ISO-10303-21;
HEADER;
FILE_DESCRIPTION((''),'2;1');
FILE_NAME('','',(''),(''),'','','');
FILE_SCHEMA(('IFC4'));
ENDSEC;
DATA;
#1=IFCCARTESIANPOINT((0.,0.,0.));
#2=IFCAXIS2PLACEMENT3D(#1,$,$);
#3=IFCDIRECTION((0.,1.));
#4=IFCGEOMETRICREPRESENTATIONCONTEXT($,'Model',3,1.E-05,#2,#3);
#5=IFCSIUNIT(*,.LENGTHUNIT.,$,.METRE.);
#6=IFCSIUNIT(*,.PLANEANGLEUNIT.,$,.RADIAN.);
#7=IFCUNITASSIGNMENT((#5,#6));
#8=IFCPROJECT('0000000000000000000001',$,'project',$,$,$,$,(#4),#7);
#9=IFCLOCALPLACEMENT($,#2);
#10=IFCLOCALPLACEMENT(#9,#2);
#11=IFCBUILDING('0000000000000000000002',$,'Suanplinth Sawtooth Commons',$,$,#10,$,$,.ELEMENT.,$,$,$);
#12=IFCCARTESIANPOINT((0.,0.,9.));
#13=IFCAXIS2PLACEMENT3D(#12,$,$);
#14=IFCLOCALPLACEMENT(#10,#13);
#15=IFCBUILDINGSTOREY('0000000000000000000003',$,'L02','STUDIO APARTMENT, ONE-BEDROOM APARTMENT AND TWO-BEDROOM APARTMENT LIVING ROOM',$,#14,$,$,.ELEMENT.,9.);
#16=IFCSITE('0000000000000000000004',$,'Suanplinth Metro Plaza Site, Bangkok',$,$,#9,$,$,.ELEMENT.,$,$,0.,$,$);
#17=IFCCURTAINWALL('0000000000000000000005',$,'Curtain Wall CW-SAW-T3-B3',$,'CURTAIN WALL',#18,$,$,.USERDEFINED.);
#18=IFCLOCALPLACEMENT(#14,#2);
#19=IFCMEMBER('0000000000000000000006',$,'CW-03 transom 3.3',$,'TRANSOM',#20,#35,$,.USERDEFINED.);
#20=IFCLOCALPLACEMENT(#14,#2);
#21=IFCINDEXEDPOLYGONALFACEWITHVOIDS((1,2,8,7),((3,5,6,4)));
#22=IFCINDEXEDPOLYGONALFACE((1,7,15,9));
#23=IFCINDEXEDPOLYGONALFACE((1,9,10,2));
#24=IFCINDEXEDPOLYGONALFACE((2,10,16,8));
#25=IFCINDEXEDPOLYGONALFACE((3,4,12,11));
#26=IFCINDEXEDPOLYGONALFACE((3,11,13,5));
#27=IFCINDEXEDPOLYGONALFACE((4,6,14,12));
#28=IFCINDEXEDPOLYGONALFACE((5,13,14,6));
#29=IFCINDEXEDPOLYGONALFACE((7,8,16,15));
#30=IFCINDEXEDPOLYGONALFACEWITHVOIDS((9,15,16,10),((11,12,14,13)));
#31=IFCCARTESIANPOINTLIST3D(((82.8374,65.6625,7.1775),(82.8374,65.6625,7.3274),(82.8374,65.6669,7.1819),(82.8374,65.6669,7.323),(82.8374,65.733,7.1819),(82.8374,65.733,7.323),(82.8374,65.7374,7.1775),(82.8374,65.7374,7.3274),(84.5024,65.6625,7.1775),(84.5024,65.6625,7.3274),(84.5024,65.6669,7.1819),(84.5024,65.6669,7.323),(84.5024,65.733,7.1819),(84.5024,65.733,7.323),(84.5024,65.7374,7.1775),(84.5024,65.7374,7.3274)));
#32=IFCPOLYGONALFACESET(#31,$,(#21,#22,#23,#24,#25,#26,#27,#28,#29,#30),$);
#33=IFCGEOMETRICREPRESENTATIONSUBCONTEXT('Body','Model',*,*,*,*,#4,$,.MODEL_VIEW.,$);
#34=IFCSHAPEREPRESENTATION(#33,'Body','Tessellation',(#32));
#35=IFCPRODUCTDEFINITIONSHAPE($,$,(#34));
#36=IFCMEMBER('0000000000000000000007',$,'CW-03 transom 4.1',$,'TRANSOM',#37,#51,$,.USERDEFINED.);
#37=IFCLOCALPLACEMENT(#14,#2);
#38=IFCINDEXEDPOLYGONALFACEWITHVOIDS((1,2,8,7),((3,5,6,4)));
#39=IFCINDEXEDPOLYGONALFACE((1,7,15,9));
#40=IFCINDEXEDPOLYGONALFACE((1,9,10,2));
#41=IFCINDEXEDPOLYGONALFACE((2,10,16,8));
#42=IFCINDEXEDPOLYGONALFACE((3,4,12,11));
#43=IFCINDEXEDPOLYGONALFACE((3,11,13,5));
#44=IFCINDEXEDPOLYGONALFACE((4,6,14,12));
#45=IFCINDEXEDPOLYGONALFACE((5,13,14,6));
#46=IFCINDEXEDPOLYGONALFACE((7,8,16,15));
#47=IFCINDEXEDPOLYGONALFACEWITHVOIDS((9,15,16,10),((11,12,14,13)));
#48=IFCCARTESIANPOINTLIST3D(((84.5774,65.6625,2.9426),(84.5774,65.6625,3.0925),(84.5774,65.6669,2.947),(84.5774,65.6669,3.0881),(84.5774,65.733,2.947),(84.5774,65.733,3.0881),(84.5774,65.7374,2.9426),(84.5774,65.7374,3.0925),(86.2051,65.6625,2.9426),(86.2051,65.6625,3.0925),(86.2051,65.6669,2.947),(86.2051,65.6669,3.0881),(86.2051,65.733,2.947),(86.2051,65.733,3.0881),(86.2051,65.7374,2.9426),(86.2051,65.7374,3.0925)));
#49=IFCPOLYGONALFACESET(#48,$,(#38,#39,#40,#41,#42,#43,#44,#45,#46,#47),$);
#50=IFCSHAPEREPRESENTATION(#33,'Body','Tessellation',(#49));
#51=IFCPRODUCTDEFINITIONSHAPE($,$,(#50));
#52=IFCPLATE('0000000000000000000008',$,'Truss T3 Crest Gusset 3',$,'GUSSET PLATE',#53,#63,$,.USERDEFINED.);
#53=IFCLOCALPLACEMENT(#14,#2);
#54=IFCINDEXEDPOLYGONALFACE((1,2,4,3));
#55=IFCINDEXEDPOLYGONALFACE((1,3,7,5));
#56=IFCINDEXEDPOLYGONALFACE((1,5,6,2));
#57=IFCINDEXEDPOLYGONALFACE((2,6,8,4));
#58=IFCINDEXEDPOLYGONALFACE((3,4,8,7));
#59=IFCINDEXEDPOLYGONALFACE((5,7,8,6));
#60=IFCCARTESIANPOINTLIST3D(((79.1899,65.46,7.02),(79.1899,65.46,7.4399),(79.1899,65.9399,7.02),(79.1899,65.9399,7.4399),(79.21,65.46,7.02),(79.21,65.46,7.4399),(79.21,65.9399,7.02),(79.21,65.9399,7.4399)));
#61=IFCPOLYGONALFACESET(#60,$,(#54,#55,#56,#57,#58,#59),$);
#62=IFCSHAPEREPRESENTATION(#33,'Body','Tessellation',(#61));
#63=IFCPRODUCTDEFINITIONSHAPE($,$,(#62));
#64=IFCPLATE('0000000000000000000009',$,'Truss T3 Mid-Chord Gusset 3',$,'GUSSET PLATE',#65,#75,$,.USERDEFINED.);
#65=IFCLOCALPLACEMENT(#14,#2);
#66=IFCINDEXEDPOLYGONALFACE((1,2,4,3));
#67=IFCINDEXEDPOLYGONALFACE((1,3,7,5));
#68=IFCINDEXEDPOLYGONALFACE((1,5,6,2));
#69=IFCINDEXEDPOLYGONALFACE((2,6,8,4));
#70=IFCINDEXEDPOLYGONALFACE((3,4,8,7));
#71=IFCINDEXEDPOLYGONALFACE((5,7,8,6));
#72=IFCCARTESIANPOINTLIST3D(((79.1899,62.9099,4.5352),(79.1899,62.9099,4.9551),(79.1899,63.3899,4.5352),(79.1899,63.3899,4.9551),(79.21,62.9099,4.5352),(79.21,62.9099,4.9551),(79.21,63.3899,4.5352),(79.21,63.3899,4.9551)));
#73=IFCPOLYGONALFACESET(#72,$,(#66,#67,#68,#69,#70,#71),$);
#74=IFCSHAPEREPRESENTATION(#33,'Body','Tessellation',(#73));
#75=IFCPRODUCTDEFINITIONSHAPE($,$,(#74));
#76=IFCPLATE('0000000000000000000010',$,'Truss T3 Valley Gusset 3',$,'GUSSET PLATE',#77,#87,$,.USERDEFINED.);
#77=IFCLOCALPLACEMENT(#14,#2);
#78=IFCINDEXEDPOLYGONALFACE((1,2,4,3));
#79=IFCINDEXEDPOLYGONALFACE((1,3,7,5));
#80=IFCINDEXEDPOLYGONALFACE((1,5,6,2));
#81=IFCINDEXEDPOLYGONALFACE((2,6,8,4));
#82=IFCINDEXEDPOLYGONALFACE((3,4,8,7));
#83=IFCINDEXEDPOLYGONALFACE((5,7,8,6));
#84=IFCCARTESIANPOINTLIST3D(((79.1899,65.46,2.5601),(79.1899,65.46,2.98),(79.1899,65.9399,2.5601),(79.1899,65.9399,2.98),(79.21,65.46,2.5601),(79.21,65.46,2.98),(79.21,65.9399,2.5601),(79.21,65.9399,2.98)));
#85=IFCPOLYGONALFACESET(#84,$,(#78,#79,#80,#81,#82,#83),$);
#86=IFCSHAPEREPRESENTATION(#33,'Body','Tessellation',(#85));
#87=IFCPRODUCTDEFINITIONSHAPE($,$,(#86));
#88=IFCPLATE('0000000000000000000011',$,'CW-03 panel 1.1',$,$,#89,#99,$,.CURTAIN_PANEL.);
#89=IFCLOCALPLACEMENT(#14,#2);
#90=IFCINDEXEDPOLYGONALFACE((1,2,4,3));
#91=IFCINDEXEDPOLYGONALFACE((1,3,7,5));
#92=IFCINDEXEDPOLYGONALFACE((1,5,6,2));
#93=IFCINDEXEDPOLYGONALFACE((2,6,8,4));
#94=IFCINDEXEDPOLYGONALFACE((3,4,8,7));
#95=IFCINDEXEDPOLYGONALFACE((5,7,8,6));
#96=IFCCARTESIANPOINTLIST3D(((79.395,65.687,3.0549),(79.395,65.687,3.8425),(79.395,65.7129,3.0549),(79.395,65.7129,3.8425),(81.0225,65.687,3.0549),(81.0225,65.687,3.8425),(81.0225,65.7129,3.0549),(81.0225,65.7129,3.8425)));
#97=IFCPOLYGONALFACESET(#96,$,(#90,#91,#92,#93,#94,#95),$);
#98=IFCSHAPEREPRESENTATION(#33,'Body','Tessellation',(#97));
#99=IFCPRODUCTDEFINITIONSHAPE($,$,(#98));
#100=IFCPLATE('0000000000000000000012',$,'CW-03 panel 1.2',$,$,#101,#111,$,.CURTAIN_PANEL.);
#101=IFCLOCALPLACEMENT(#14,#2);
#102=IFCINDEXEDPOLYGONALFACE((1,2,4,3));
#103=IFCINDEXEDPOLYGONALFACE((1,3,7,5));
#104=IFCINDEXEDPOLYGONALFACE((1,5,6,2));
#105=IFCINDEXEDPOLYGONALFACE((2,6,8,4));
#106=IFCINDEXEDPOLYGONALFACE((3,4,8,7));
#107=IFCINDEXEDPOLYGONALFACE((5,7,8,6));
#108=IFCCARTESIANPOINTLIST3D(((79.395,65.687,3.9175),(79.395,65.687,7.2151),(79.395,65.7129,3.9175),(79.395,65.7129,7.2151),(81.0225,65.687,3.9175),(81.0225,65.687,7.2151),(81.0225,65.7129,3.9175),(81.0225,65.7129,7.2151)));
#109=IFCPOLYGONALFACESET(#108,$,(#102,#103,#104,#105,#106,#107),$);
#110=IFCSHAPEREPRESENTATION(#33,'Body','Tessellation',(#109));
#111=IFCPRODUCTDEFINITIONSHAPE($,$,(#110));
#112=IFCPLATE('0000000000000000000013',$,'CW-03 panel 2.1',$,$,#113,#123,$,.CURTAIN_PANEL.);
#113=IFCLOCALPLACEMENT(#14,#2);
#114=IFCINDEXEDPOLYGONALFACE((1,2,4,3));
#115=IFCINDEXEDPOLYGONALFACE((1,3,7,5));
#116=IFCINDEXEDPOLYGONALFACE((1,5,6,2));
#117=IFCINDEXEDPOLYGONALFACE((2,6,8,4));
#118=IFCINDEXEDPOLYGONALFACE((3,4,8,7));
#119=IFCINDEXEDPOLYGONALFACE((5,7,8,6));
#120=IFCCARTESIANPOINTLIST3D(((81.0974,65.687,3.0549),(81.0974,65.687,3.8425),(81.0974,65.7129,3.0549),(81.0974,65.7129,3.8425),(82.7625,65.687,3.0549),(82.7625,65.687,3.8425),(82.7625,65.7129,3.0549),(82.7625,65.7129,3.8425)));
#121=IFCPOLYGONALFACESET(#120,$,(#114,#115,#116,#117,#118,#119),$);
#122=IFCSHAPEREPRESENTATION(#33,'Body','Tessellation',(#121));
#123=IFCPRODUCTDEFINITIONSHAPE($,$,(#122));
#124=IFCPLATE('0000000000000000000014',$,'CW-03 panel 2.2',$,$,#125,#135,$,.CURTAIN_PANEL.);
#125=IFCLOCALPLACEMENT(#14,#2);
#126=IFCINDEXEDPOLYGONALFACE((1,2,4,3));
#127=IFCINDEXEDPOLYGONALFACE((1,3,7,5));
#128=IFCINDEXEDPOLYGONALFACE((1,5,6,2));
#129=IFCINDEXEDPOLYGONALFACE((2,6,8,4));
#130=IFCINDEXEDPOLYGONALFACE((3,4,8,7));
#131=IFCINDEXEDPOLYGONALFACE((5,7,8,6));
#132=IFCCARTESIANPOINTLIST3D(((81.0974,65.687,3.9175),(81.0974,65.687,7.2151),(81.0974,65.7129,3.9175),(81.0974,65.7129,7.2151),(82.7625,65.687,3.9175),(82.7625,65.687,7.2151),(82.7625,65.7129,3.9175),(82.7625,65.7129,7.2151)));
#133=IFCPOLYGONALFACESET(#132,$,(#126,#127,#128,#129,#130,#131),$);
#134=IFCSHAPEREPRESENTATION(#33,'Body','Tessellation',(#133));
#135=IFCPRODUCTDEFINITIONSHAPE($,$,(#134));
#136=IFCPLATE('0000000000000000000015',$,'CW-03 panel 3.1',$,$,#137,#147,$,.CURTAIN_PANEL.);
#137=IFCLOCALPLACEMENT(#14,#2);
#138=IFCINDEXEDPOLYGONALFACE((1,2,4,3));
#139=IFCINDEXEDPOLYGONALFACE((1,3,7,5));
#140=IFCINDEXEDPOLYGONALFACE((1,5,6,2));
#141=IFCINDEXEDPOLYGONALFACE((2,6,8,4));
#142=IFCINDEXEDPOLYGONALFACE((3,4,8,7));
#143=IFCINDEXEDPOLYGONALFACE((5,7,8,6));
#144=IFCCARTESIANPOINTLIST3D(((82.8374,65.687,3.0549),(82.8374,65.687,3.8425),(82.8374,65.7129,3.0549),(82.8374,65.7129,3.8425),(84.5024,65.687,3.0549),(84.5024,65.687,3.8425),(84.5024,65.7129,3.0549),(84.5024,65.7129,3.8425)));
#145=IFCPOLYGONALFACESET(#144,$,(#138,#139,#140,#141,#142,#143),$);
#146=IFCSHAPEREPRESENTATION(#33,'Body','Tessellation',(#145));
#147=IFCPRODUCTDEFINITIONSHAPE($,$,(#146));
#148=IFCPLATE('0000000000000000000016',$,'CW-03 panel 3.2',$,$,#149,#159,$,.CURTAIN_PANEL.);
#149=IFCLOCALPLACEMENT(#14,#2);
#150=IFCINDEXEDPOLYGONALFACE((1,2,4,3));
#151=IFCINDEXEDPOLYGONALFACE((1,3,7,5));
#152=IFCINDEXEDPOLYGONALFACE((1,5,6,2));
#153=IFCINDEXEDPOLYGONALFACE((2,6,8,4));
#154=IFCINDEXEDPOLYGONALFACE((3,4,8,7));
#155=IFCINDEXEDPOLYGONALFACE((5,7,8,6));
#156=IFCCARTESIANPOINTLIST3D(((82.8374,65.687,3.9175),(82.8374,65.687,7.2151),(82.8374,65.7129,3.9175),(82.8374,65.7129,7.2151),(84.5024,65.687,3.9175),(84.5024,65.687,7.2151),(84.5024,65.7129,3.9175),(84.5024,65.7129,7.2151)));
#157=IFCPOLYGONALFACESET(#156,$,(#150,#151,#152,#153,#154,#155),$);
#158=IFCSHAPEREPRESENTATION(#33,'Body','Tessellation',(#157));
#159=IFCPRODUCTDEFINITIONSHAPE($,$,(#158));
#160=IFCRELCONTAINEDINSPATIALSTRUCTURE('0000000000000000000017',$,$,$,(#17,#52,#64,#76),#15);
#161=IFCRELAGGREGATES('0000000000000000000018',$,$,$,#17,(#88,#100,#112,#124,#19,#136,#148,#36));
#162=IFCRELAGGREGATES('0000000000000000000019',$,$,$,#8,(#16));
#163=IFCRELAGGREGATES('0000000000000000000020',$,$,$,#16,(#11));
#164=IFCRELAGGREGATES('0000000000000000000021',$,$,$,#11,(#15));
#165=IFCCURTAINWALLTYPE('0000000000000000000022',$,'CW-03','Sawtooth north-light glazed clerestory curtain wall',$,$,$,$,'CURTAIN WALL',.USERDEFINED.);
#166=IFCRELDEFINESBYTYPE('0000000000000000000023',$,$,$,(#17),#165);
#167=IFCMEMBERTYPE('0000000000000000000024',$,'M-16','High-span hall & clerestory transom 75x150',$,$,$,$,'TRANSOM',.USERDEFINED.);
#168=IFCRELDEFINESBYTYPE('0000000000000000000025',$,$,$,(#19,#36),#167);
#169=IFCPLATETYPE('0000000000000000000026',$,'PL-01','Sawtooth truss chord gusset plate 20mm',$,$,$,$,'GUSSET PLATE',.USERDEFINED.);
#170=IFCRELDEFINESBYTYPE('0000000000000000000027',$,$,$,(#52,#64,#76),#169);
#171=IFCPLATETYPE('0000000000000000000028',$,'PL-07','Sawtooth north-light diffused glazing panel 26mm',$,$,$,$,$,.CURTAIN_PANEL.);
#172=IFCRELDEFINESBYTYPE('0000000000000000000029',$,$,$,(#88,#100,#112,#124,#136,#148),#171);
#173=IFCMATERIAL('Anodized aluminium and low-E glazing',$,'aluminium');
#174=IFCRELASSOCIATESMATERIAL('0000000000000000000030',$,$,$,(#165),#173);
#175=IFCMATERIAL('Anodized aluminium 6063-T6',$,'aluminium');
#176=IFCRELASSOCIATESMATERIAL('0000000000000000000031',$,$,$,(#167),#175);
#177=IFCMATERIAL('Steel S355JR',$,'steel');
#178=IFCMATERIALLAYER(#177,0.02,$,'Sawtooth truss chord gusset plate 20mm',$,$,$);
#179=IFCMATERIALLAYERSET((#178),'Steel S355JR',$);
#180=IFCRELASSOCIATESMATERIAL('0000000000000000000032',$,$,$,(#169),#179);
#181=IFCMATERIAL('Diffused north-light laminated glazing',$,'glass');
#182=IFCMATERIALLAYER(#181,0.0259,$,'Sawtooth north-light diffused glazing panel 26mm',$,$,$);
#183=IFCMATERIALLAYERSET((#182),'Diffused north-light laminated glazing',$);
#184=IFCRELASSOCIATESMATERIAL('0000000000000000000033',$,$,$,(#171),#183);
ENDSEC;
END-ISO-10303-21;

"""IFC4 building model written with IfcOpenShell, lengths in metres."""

from ifc_helpers import new_model, si_unit, direction, frame, origin, origin_2d, place, context, subcontext, project, spatial, rectangle, hollow_rectangle, extrude, material, layer, layer_set, material_profile, profile_set, type_object, element, aggregate, save


model = new_model("IFC4")

# Units and contexts
model_context = context("Model", 3, precision=1e-05, world=origin(), true_north=direction((0.0, 1.0)))
body_context = subcontext(model_context, "Body", "Model", "MODEL_VIEW")
ifc_project = project(units=[si_unit("LENGTHUNIT", "METRE"), si_unit("PLANEANGLEUNIT", "RADIAN")], contexts=[model_context])

# Site, building, storey
site_placement = place(None, origin())
site = spatial("IfcSite", under=ifc_project, at=site_placement, Name="Suanplinth Metro Plaza Site, Bangkok", CompositionType="ELEMENT", RefElevation=0.0)
building_placement = place(site_placement, origin())
building = spatial("IfcBuilding", under=site, at=building_placement, Name="Suanplinth Sawtooth Commons", CompositionType="ELEMENT")
storey_placement = place(building_placement, frame((0.0, 0.0, 9.0)))
storey = spatial("IfcBuildingStorey", under=building, at=storey_placement, Name="L02", Description="STUDIO APARTMENT, ONE-BEDROOM APARTMENT AND TWO-BEDROOM APARTMENT LIVING ROOM", CompositionType="ELEMENT", Elevation=9.0)

# Shared definitions
ifc_material_1 = material(Name="Steel S355JR", Category="steel")

# Curtain wall, members
ifc_material_2 = material(Name="Anodized aluminium and low-E glazing", Category="aluminium")
curtain_wall_type = type_object("IfcCurtainWallType", Name="CW-03", Description="Sawtooth north-light glazed clerestory curtain wall", ElementType="CURTAIN WALL", PredefinedType="USERDEFINED", material=ifc_material_2)
curtain_wall_placement = place(storey_placement, origin())
curtain_wall = element("IfcCurtainWall", 1, at=curtain_wall_placement, inside=storey, type_object=curtain_wall_type, Name="Curtain Wall CW-SAW-T3-B3", ObjectType="CURTAIN WALL", PredefinedType="USERDEFINED")
ifc_material_3 = material(Name="Anodized aluminium 6063-T6", Category="aluminium")
ifc_material_profile_1 = material_profile(ifc_material_3, hollow_rectangle(XDim=0.075, YDim=0.1499, WallThickness=0.0044, at=origin_2d()), Name="ALU-TRN 75x150")
ifc_profile_set_1 = profile_set([ifc_material_profile_1], Name="Anodized aluminium 6063-T6")
member_type_1 = type_object("IfcMemberType", Name="M-16", Description="High-span hall & clerestory transom 75x150", ElementType="TRANSOM", PredefinedType="USERDEFINED", material=ifc_profile_set_1)
member_1_placement = place(storey_placement, frame((82.8374, 65.7, 7.2524), z_axis=(1.0, 0.0, 0.0), x_axis=(0.0, 1.0, 0.0)))
member_1 = element("IfcMember", 2, at=member_1_placement, type_object=member_type_1, Name="CW-03 transom 3.3", ObjectType="TRANSOM", PredefinedType="USERDEFINED", context=body_context, shape_type="SweptSolid", body=[
    extrude(hollow_rectangle(XDim=0.075, YDim=0.1499, WallThickness=0.0044, at=origin_2d()), origin(), (0.0, 0.0, 1.0), 1.665),
])
member_2_placement = place(storey_placement, frame((84.5774, 65.7, 3.0176), z_axis=(1.0, 0.0, 0.0), x_axis=(0.0, 1.0, 0.0)))
member_2 = element("IfcMember", 3, at=member_2_placement, type_object=member_type_1, Name="CW-03 transom 4.1", ObjectType="TRANSOM", PredefinedType="USERDEFINED", context=body_context, shape_type="SweptSolid", body=[
    extrude(hollow_rectangle(XDim=0.075, YDim=0.1499, WallThickness=0.0044, at=origin_2d()), origin(), (0.0, 0.0, 1.0), 1.6277),
])

# Plates
ifc_layer_1 = layer(ifc_material_1, 0.02, Name="Sawtooth truss chord gusset plate 20mm")
ifc_layer_set_1 = layer_set([ifc_layer_1], Name="Steel S355JR")
plate_type_1 = type_object("IfcPlateType", Name="PL-01", Description="Sawtooth truss chord gusset plate 20mm", ElementType="GUSSET PLATE", PredefinedType="USERDEFINED", material=ifc_layer_set_1)
for number, where, z_axis, x_axis, name in (
    (4, (79.2, 65.7, 7.02), (0.0, 0.0, 1.0), (1.0, 0.0, 0.0), "Truss T3 Crest Gusset 3"),
    (5, (79.2, 63.1499, 4.5352), (0.0, 0.0, 1.0), (1.0, 0.0, 0.0), "Truss T3 Mid-Chord Gusset 3"),
    (6, (79.2, 65.7, 2.5601), (0.0, 0.0, 1.0), (1.0, 0.0, 0.0), "Truss T3 Valley Gusset 3"),
):
    element("IfcPlate", number, at=place(storey_placement, frame(where, z_axis=z_axis, x_axis=x_axis)), inside=storey, type_object=plate_type_1, Name=name, ObjectType="GUSSET PLATE", PredefinedType="USERDEFINED", context=body_context, shape_type="SweptSolid", body=[
        extrude(rectangle(XDim=0.02, YDim=0.48, at=origin_2d()), origin(), (0.0, 0.0, 1.0), 0.4199),
    ])

# Plates
ifc_material_4 = material(Name="Diffused north-light laminated glazing", Category="glass")
ifc_layer_2 = layer(ifc_material_4, 0.0259, Name="Sawtooth north-light diffused glazing panel 26mm")
ifc_layer_set_2 = layer_set([ifc_layer_2], Name="Diffused north-light laminated glazing")
plate_type_2 = type_object("IfcPlateType", Name="PL-07", Description="Sawtooth north-light diffused glazing panel 26mm", PredefinedType="CURTAIN_PANEL", material=ifc_layer_set_2)
plate_1_placement = place(storey_placement, frame((80.2087, 65.7, 3.0549), z_axis=(0.0, 0.0, 1.0), x_axis=(1.0, 0.0, 0.0)))
plate_1 = element("IfcPlate", 7, at=plate_1_placement, type_object=plate_type_2, Name="CW-03 panel 1.1", PredefinedType="CURTAIN_PANEL", context=body_context, shape_type="SweptSolid", body=[
    extrude(rectangle(XDim=1.6274, YDim=0.0259, at=origin_2d()), origin(), (0.0, 0.0, 1.0), 0.7876),
])
plate_2_placement = place(storey_placement, frame((80.2087, 65.7, 3.9175), z_axis=(0.0, 0.0, 1.0), x_axis=(1.0, 0.0, 0.0)))
plate_2 = element("IfcPlate", 8, at=plate_2_placement, type_object=plate_type_2, Name="CW-03 panel 1.2", PredefinedType="CURTAIN_PANEL", context=body_context, shape_type="SweptSolid", body=[
    extrude(rectangle(XDim=1.6274, YDim=0.0259, at=origin_2d()), origin(), (0.0, 0.0, 1.0), 3.2976),
])
plate_3_placement = place(storey_placement, frame((81.9299, 65.7, 3.0549), z_axis=(0.0, 0.0, 1.0), x_axis=(1.0, 0.0, 0.0)))
plate_3 = element("IfcPlate", 9, at=plate_3_placement, type_object=plate_type_2, Name="CW-03 panel 2.1", PredefinedType="CURTAIN_PANEL", context=body_context, shape_type="SweptSolid", body=[
    extrude(rectangle(XDim=1.665, YDim=0.0259, at=origin_2d()), origin(), (0.0, 0.0, 1.0), 0.7876),
])
plate_4_placement = place(storey_placement, frame((81.9299, 65.7, 3.9175), z_axis=(0.0, 0.0, 1.0), x_axis=(1.0, 0.0, 0.0)))
plate_4 = element("IfcPlate", 10, at=plate_4_placement, type_object=plate_type_2, Name="CW-03 panel 2.2", PredefinedType="CURTAIN_PANEL", context=body_context, shape_type="SweptSolid", body=[
    extrude(rectangle(XDim=1.665, YDim=0.0259, at=origin_2d()), origin(), (0.0, 0.0, 1.0), 3.2976),
])
plate_5_placement = place(storey_placement, frame((83.6699, 65.7, 3.0549), z_axis=(0.0, 0.0, 1.0), x_axis=(1.0, 0.0, 0.0)))
plate_5 = element("IfcPlate", 11, at=plate_5_placement, type_object=plate_type_2, Name="CW-03 panel 3.1", PredefinedType="CURTAIN_PANEL", context=body_context, shape_type="SweptSolid", body=[
    extrude(rectangle(XDim=1.665, YDim=0.0259, at=origin_2d()), origin(), (0.0, 0.0, 1.0), 0.7876),
])
plate_6_placement = place(storey_placement, frame((83.6699, 65.7, 3.9175), z_axis=(0.0, 0.0, 1.0), x_axis=(1.0, 0.0, 0.0)))
plate_6 = element("IfcPlate", 12, at=plate_6_placement, type_object=plate_type_2, Name="CW-03 panel 3.2", PredefinedType="CURTAIN_PANEL", context=body_context, shape_type="SweptSolid", body=[
    extrude(rectangle(XDim=1.665, YDim=0.0259, at=origin_2d()), origin(), (0.0, 0.0, 1.0), 3.2976),
])
aggregate(curtain_wall, [plate_1, plate_2, plate_3, plate_4, member_1, plate_5, plate_6, member_2])

save(model, "model.ifc")
